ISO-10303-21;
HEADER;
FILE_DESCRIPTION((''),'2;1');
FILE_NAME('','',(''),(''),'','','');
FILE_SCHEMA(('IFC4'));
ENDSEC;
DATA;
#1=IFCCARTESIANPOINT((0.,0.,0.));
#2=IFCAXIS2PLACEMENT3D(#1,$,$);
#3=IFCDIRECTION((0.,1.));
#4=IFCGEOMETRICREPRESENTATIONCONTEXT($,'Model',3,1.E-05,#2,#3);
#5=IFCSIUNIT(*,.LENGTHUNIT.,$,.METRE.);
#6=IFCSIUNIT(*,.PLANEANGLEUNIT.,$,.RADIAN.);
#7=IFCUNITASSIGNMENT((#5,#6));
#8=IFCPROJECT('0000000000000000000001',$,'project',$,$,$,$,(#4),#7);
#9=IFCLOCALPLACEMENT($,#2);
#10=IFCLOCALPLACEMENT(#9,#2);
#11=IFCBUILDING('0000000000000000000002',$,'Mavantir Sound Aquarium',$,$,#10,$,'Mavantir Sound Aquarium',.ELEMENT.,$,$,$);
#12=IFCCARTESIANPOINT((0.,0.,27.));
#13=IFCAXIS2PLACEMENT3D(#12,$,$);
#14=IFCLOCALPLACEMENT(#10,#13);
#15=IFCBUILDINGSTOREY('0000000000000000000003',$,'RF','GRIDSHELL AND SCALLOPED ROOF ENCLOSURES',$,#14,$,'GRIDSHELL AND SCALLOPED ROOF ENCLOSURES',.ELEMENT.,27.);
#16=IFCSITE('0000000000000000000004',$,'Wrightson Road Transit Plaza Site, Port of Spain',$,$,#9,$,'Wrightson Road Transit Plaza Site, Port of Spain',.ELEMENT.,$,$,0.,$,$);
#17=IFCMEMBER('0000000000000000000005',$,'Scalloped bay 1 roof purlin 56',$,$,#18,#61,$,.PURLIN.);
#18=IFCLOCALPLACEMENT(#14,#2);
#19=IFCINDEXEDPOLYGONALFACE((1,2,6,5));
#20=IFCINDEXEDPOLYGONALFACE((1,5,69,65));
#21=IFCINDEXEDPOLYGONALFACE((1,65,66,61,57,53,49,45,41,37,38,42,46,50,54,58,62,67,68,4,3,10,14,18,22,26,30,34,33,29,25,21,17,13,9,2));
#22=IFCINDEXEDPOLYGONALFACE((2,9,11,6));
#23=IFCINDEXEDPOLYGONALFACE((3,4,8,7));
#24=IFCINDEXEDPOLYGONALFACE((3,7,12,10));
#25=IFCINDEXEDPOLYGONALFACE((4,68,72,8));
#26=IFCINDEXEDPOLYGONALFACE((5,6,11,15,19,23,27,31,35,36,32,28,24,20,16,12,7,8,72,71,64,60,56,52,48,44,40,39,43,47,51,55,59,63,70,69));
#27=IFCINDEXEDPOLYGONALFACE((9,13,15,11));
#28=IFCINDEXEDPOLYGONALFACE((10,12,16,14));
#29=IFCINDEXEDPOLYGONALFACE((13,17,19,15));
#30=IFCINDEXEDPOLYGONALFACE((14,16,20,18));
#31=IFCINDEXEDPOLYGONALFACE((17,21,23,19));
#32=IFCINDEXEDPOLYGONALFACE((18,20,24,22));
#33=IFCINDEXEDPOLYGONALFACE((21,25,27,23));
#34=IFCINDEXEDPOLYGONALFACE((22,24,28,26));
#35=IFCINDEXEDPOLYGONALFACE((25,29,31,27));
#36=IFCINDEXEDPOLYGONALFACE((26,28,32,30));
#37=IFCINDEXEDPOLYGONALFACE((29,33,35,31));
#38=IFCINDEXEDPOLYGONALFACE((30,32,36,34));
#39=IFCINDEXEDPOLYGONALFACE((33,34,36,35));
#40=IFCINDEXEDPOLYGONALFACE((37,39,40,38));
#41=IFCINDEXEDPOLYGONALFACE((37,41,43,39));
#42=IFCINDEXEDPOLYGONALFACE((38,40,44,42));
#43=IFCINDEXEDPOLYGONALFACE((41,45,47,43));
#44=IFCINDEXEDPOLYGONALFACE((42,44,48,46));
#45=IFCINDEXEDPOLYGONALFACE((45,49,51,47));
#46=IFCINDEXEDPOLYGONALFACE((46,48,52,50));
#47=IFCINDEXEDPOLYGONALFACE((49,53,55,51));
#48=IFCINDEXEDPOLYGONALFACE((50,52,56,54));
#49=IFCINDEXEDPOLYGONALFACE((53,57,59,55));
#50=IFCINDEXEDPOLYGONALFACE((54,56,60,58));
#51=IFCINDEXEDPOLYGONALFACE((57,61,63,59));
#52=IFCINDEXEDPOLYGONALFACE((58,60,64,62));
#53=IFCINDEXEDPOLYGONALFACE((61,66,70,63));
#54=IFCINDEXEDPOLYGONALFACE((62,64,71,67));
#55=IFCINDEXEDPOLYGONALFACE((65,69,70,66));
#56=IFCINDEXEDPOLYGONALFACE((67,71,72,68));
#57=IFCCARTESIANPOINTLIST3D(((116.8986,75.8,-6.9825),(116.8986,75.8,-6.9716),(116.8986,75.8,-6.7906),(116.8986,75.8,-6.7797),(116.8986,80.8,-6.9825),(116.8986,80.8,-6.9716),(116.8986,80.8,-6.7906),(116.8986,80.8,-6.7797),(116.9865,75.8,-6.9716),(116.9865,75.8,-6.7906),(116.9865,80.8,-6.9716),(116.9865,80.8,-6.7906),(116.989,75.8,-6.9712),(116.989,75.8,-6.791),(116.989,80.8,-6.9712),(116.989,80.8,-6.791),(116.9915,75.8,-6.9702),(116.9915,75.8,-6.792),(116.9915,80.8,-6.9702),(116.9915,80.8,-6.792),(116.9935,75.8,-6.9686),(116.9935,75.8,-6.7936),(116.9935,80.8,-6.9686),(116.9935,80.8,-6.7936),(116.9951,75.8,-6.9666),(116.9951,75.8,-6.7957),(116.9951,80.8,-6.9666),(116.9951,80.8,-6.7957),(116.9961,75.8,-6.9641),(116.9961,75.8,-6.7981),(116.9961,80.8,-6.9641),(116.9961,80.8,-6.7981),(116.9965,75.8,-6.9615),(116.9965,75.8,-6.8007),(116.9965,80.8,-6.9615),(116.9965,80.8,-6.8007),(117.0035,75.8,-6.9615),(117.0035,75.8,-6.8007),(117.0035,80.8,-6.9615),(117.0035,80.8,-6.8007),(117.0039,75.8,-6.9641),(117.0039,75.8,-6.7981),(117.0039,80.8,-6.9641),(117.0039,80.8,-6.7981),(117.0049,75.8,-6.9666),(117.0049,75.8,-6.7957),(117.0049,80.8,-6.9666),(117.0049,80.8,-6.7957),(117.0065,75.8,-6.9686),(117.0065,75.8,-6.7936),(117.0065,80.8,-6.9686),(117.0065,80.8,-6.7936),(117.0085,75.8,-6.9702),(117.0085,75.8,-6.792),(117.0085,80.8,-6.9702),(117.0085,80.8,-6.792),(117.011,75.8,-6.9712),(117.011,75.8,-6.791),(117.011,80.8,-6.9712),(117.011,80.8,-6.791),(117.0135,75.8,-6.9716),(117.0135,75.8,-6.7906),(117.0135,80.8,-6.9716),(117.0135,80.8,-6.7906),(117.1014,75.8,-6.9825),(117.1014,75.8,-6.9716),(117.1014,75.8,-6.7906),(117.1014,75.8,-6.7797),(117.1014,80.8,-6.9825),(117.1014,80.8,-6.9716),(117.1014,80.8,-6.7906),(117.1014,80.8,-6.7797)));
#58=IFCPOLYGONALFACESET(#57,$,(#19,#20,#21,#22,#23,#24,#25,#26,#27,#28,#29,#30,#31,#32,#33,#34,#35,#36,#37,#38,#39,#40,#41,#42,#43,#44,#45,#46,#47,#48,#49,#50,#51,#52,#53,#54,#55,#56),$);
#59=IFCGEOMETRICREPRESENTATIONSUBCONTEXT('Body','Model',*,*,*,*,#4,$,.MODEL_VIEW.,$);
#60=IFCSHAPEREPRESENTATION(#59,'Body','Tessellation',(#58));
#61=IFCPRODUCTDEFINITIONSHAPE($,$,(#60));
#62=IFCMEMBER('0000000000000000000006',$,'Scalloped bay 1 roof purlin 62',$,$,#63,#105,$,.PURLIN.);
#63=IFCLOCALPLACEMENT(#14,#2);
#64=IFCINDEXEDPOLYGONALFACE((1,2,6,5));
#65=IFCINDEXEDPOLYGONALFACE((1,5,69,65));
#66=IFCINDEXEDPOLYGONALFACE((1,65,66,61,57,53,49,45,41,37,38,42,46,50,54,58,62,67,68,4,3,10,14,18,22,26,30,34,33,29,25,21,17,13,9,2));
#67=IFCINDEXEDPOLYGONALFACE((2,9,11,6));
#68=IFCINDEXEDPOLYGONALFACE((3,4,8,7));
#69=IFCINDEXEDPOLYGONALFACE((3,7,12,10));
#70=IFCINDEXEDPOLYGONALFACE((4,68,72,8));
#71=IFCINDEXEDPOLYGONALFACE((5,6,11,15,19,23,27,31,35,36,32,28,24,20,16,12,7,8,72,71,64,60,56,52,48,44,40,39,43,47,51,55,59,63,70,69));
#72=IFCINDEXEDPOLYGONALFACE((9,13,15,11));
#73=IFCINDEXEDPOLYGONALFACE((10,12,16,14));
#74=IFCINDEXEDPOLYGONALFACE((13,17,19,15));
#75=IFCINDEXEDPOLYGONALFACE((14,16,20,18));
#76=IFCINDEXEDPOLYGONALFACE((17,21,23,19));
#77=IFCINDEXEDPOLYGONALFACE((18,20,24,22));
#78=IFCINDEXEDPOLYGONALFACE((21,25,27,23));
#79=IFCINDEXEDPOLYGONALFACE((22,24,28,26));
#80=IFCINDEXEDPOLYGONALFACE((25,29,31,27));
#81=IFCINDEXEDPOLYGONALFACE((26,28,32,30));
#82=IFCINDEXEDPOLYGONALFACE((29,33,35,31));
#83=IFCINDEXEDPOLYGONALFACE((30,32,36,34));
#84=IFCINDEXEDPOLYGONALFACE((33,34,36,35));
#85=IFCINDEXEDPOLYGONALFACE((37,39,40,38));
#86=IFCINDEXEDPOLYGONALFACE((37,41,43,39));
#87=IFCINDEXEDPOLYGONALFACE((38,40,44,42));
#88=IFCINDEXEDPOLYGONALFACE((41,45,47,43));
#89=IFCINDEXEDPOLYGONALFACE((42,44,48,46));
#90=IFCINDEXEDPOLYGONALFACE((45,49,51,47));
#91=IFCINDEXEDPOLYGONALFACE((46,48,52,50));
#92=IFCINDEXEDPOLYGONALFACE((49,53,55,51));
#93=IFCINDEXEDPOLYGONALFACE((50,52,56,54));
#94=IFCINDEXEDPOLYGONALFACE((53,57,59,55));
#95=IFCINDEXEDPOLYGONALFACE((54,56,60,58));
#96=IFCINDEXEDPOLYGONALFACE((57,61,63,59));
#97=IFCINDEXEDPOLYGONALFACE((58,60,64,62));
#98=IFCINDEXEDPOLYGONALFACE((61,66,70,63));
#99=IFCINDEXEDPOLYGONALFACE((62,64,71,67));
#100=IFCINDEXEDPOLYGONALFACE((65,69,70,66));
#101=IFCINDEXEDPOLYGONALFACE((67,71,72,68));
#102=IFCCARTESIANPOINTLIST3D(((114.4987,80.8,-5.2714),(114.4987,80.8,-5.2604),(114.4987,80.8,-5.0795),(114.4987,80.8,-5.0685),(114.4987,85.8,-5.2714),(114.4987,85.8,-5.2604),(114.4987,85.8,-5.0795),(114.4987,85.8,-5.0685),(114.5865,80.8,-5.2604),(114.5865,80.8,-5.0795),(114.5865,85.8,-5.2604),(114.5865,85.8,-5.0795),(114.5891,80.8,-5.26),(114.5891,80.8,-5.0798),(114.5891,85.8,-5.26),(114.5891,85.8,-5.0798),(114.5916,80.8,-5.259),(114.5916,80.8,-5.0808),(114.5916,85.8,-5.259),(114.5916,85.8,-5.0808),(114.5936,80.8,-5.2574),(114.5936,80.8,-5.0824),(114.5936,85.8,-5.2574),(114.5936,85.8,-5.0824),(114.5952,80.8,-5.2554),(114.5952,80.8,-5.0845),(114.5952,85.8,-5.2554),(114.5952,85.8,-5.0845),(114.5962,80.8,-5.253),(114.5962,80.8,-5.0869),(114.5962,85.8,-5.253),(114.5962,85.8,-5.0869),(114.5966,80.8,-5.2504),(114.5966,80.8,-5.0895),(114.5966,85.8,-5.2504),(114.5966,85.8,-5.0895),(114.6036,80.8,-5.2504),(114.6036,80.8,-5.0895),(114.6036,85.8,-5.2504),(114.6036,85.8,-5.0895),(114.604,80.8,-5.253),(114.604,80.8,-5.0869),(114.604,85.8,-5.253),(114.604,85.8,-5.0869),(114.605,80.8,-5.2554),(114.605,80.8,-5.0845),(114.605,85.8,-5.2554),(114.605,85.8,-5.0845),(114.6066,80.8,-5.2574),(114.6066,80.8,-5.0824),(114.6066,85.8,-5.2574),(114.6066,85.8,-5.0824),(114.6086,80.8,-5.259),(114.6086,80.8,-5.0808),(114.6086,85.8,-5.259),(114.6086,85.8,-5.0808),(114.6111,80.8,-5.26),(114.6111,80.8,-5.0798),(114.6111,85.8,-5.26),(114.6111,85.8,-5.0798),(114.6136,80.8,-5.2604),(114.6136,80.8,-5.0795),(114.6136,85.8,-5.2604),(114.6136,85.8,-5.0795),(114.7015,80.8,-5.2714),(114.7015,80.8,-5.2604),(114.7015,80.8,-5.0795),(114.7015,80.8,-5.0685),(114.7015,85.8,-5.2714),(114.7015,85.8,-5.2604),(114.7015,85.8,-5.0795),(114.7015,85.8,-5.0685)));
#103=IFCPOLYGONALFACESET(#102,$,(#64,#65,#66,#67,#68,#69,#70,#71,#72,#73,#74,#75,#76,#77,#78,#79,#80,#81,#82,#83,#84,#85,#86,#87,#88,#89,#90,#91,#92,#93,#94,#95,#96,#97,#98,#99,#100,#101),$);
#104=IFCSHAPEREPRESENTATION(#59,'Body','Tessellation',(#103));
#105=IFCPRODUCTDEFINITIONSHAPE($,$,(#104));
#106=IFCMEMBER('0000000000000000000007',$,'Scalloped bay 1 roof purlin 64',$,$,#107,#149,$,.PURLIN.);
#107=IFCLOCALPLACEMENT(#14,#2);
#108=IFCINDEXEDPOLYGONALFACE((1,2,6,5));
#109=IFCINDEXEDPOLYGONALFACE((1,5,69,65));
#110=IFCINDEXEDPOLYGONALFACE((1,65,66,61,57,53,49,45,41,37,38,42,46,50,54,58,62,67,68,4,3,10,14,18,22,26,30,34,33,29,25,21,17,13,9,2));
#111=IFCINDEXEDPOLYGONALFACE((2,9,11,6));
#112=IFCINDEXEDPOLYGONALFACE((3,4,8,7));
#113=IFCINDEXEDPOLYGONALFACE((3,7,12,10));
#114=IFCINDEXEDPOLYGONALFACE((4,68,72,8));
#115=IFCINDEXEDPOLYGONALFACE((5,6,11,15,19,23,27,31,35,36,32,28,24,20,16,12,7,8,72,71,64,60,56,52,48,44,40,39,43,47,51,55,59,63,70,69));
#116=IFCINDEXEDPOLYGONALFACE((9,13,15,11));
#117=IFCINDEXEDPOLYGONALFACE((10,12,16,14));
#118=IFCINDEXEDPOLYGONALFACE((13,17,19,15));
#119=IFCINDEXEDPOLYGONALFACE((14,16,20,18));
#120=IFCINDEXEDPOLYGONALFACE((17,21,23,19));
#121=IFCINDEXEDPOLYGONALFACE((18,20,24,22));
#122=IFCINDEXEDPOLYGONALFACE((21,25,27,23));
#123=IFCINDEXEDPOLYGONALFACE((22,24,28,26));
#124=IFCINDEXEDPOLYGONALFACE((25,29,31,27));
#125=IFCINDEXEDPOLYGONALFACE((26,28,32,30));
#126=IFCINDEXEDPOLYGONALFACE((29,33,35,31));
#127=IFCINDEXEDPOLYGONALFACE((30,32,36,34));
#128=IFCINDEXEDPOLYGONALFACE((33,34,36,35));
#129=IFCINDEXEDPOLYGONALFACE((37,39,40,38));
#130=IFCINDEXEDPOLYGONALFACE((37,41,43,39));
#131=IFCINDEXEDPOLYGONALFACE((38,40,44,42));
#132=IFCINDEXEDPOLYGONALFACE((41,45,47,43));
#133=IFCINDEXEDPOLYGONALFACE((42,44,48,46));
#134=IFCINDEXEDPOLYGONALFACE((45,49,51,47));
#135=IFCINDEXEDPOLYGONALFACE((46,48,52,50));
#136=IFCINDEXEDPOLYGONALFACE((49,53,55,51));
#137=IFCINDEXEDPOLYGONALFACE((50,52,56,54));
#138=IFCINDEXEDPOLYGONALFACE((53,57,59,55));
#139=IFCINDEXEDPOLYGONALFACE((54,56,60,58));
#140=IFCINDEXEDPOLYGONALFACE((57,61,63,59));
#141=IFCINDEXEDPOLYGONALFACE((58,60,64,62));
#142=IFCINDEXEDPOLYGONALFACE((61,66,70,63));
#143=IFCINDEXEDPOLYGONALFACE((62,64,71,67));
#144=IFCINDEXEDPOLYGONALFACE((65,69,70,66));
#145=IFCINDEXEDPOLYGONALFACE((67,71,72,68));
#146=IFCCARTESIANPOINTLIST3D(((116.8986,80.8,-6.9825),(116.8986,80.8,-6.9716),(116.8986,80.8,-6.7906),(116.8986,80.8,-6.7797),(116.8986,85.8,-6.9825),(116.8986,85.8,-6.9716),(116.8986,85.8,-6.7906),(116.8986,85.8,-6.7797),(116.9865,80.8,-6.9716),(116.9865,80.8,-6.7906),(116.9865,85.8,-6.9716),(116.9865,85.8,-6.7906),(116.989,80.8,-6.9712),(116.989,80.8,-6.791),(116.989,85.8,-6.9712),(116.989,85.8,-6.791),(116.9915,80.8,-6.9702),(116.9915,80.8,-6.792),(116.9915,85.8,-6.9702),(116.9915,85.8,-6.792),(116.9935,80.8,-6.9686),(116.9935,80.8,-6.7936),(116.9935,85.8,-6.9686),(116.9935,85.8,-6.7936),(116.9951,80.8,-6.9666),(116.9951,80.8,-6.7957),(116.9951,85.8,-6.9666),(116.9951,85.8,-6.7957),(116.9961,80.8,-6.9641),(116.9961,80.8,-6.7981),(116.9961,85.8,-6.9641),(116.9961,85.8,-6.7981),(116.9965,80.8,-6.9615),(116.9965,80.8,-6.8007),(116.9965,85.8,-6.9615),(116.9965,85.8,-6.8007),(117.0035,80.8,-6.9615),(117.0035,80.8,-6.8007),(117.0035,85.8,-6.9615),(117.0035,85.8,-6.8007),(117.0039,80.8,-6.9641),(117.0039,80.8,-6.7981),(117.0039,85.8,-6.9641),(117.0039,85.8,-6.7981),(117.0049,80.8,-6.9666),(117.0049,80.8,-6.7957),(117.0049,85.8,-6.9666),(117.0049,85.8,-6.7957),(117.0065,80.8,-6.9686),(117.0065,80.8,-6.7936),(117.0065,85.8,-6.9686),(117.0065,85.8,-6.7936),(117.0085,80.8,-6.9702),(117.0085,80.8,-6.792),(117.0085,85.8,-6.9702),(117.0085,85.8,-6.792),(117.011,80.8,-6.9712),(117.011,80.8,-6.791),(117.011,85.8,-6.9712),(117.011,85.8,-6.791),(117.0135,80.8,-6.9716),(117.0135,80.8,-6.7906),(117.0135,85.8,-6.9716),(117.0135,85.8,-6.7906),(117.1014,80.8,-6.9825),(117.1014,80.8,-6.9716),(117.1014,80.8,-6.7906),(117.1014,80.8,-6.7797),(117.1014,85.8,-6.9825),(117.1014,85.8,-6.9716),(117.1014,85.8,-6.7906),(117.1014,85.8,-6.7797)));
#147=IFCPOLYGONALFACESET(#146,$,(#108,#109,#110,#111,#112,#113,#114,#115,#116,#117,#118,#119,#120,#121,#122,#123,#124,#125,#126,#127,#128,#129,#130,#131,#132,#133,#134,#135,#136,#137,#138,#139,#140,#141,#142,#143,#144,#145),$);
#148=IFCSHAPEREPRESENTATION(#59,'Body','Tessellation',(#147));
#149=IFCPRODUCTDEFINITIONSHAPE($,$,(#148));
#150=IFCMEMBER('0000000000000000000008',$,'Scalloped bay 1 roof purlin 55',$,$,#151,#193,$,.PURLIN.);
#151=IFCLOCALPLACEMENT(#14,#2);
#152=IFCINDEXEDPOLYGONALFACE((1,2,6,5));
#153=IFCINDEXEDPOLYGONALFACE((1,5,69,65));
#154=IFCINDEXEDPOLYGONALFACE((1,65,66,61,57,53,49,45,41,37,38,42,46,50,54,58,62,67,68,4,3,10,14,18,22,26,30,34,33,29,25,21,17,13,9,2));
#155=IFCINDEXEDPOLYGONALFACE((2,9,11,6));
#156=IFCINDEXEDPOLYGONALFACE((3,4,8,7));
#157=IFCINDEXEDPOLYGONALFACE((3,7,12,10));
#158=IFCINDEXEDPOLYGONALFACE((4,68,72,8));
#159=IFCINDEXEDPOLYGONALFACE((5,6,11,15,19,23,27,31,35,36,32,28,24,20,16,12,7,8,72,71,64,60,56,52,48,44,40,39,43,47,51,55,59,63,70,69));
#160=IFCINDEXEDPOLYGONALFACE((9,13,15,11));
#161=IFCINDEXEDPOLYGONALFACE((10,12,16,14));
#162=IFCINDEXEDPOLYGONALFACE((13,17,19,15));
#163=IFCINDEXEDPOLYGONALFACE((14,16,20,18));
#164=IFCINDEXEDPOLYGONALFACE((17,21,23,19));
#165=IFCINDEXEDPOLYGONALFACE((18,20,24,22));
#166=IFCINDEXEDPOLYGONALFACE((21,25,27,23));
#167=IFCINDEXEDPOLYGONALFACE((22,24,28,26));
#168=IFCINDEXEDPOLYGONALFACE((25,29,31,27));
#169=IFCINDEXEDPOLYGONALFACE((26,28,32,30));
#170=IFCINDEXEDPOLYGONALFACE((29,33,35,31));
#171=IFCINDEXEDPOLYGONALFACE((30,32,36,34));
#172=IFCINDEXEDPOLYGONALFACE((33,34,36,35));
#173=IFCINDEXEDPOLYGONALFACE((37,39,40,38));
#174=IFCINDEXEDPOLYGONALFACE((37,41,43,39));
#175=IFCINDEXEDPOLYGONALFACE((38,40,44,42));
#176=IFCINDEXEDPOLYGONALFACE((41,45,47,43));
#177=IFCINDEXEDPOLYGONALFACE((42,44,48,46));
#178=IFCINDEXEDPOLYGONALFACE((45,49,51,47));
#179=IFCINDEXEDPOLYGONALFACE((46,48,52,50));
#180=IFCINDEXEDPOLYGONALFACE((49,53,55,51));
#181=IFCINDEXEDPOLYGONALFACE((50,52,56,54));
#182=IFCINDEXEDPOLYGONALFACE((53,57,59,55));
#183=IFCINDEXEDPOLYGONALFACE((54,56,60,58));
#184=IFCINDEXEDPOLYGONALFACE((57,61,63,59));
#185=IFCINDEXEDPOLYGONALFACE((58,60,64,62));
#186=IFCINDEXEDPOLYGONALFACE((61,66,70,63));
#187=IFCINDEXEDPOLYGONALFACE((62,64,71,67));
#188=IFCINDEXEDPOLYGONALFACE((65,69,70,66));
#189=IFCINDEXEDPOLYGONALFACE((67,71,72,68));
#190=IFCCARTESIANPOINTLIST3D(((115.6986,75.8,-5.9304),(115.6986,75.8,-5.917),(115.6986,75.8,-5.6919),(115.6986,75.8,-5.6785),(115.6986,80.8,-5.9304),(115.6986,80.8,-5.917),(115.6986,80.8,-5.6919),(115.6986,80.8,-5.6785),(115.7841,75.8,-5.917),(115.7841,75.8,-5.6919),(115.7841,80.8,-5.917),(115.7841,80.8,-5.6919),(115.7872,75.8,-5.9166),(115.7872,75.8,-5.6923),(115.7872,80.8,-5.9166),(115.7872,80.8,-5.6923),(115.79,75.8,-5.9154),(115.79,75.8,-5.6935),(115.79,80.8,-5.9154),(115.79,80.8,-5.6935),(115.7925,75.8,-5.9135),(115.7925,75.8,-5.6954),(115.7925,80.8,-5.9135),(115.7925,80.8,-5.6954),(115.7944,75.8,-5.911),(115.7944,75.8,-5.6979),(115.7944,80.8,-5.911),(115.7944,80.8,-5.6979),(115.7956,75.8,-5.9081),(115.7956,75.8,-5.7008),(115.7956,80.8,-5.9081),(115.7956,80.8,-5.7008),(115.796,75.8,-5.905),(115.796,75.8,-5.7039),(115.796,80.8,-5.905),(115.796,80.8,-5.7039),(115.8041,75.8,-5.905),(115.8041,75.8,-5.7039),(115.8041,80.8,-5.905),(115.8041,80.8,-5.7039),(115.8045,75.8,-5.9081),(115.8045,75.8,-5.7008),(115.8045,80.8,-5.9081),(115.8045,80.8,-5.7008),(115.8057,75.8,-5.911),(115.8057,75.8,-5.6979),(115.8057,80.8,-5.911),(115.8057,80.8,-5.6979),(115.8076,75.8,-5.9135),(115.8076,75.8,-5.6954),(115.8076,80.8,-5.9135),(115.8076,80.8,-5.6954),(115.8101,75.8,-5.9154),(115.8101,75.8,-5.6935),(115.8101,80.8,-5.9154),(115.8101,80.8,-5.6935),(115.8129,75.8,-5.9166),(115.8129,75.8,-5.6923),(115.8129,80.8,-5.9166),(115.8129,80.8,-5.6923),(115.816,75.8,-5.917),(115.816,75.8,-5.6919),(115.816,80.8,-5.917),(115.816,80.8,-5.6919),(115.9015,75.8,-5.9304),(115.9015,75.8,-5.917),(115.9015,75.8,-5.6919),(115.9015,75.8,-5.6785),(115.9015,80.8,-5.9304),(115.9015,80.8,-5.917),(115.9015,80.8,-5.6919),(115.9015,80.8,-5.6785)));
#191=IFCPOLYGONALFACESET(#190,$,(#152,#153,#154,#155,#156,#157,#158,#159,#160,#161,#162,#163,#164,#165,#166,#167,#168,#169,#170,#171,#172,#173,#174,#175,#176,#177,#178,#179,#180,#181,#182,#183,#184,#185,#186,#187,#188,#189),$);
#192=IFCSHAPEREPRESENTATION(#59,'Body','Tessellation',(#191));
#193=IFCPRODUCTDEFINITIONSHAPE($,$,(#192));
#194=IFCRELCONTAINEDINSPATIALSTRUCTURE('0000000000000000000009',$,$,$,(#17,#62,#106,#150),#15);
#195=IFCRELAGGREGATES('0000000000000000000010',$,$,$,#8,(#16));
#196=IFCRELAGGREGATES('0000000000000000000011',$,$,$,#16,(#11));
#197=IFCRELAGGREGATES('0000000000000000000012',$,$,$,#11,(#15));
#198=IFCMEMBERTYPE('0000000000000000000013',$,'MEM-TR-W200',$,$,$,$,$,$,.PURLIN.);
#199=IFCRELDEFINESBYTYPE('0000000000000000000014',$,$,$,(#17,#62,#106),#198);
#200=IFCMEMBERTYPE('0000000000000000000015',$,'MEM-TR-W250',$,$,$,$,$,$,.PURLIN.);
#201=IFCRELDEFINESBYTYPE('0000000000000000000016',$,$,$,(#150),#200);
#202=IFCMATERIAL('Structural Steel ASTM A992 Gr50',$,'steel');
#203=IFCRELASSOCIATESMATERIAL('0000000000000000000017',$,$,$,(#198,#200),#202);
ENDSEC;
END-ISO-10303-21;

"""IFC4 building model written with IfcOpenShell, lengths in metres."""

from ifc_helpers import new_model, si_unit, direction, frame, origin, origin_2d, place, context, subcontext, project, spatial, i_section, extrude, material, material_profile, profile_set, type_object, element, save


model = new_model("IFC4")

# Units and contexts
model_context = context("Model", 3, precision=1e-05, world=origin(), true_north=direction((0.0, 1.0)))
body_context = subcontext(model_context, "Body", "Model", "MODEL_VIEW")
ifc_project = project(units=[si_unit("LENGTHUNIT", "METRE"), si_unit("PLANEANGLEUNIT", "RADIAN")], contexts=[model_context])

# Site, building, storey
site_placement = place(None, origin())
site = spatial("IfcSite", under=ifc_project, at=site_placement, Name="Wrightson Road Transit Plaza Site, Port of Spain", LongName="Wrightson Road Transit Plaza Site, Port of Spain", CompositionType="ELEMENT", RefElevation=0.0)
building_placement = place(site_placement, origin())
building = spatial("IfcBuilding", under=site, at=building_placement, Name="Mavantir Sound Aquarium", LongName="Mavantir Sound Aquarium", CompositionType="ELEMENT")
storey_placement = place(building_placement, frame((0.0, 0.0, 27.0)))
storey = spatial("IfcBuildingStorey", under=building, at=storey_placement, Name="RF", Description="GRIDSHELL AND SCALLOPED ROOF ENCLOSURES", LongName="GRIDSHELL AND SCALLOPED ROOF ENCLOSURES", CompositionType="ELEMENT", Elevation=27.0)

# Shared definitions
ifc_material_1 = material(Name="Structural Steel ASTM A992 Gr50", Category="steel")

# Members
ifc_material_profile_1 = material_profile(ifc_material_1, i_section(OverallWidth=0.2029, OverallDepth=0.2029, WebThickness=0.0071, FlangeThickness=0.011, FilletRadius=0.01, at=origin_2d()), Name="W200X46")
ifc_profile_set_1 = profile_set([ifc_material_profile_1], Name="Structural Steel ASTM A992 Gr50")
member_type_1 = type_object("IfcMemberType", Name="MEM-TR-W200", PredefinedType="PURLIN", material=ifc_profile_set_1)
for number, where, z_axis, x_axis, name in (
    (1, (117.0, 75.8, -6.8811), (0.0, 1.0, 0.0), (-1.0, 0.0, 0.0), "Scalloped bay 1 roof purlin 56"),
    (2, (114.6001, 80.8, -5.1699), (0.0, 1.0, 0.0), (-1.0, 0.0, 0.0), "Scalloped bay 1 roof purlin 62"),
    (3, (117.0, 80.8, -6.8811), (0.0, 1.0, 0.0), (-1.0, 0.0, 0.0), "Scalloped bay 1 roof purlin 64"),
):
    element("IfcMember", number, at=place(storey_placement, frame(where, z_axis=z_axis, x_axis=x_axis)), inside=storey, type_object=member_type_1, Name=name, PredefinedType="PURLIN", context=body_context, shape_type="SweptSolid", body=[
        extrude(i_section(OverallWidth=0.2029, OverallDepth=0.2029, WebThickness=0.0071, FlangeThickness=0.011, FilletRadius=0.01, at=origin_2d()), origin(), (0.0, 0.0, 1.0), 5.0),
    ])
ifc_material_profile_2 = material_profile(ifc_material_1, i_section(OverallWidth=0.2029, OverallDepth=0.252, WebThickness=0.0081, FlangeThickness=0.0134, FilletRadius=0.012, at=origin_2d()), Name="W250X58")
ifc_profile_set_2 = profile_set([ifc_material_profile_2], Name="Structural Steel ASTM A992 Gr50")
member_type_2 = type_object("IfcMemberType", Name="MEM-TR-W250", PredefinedType="PURLIN", material=ifc_profile_set_2)
for number, where, z_axis, x_axis, name in (
    (4, (115.8, 75.8, -5.8044), (0.0, 1.0, 0.0), (-1.0, 0.0, 0.0), "Scalloped bay 1 roof purlin 55"),
):
    element("IfcMember", number, at=place(storey_placement, frame(where, z_axis=z_axis, x_axis=x_axis)), inside=storey, type_object=member_type_2, Name=name, PredefinedType="PURLIN", context=body_context, shape_type="SweptSolid", body=[
        extrude(i_section(OverallWidth=0.2029, OverallDepth=0.252, WebThickness=0.0081, FlangeThickness=0.0134, FilletRadius=0.012, at=origin_2d()), origin(), (0.0, 0.0, 1.0), 5.0),
    ])

save(model, "model.ifc")
